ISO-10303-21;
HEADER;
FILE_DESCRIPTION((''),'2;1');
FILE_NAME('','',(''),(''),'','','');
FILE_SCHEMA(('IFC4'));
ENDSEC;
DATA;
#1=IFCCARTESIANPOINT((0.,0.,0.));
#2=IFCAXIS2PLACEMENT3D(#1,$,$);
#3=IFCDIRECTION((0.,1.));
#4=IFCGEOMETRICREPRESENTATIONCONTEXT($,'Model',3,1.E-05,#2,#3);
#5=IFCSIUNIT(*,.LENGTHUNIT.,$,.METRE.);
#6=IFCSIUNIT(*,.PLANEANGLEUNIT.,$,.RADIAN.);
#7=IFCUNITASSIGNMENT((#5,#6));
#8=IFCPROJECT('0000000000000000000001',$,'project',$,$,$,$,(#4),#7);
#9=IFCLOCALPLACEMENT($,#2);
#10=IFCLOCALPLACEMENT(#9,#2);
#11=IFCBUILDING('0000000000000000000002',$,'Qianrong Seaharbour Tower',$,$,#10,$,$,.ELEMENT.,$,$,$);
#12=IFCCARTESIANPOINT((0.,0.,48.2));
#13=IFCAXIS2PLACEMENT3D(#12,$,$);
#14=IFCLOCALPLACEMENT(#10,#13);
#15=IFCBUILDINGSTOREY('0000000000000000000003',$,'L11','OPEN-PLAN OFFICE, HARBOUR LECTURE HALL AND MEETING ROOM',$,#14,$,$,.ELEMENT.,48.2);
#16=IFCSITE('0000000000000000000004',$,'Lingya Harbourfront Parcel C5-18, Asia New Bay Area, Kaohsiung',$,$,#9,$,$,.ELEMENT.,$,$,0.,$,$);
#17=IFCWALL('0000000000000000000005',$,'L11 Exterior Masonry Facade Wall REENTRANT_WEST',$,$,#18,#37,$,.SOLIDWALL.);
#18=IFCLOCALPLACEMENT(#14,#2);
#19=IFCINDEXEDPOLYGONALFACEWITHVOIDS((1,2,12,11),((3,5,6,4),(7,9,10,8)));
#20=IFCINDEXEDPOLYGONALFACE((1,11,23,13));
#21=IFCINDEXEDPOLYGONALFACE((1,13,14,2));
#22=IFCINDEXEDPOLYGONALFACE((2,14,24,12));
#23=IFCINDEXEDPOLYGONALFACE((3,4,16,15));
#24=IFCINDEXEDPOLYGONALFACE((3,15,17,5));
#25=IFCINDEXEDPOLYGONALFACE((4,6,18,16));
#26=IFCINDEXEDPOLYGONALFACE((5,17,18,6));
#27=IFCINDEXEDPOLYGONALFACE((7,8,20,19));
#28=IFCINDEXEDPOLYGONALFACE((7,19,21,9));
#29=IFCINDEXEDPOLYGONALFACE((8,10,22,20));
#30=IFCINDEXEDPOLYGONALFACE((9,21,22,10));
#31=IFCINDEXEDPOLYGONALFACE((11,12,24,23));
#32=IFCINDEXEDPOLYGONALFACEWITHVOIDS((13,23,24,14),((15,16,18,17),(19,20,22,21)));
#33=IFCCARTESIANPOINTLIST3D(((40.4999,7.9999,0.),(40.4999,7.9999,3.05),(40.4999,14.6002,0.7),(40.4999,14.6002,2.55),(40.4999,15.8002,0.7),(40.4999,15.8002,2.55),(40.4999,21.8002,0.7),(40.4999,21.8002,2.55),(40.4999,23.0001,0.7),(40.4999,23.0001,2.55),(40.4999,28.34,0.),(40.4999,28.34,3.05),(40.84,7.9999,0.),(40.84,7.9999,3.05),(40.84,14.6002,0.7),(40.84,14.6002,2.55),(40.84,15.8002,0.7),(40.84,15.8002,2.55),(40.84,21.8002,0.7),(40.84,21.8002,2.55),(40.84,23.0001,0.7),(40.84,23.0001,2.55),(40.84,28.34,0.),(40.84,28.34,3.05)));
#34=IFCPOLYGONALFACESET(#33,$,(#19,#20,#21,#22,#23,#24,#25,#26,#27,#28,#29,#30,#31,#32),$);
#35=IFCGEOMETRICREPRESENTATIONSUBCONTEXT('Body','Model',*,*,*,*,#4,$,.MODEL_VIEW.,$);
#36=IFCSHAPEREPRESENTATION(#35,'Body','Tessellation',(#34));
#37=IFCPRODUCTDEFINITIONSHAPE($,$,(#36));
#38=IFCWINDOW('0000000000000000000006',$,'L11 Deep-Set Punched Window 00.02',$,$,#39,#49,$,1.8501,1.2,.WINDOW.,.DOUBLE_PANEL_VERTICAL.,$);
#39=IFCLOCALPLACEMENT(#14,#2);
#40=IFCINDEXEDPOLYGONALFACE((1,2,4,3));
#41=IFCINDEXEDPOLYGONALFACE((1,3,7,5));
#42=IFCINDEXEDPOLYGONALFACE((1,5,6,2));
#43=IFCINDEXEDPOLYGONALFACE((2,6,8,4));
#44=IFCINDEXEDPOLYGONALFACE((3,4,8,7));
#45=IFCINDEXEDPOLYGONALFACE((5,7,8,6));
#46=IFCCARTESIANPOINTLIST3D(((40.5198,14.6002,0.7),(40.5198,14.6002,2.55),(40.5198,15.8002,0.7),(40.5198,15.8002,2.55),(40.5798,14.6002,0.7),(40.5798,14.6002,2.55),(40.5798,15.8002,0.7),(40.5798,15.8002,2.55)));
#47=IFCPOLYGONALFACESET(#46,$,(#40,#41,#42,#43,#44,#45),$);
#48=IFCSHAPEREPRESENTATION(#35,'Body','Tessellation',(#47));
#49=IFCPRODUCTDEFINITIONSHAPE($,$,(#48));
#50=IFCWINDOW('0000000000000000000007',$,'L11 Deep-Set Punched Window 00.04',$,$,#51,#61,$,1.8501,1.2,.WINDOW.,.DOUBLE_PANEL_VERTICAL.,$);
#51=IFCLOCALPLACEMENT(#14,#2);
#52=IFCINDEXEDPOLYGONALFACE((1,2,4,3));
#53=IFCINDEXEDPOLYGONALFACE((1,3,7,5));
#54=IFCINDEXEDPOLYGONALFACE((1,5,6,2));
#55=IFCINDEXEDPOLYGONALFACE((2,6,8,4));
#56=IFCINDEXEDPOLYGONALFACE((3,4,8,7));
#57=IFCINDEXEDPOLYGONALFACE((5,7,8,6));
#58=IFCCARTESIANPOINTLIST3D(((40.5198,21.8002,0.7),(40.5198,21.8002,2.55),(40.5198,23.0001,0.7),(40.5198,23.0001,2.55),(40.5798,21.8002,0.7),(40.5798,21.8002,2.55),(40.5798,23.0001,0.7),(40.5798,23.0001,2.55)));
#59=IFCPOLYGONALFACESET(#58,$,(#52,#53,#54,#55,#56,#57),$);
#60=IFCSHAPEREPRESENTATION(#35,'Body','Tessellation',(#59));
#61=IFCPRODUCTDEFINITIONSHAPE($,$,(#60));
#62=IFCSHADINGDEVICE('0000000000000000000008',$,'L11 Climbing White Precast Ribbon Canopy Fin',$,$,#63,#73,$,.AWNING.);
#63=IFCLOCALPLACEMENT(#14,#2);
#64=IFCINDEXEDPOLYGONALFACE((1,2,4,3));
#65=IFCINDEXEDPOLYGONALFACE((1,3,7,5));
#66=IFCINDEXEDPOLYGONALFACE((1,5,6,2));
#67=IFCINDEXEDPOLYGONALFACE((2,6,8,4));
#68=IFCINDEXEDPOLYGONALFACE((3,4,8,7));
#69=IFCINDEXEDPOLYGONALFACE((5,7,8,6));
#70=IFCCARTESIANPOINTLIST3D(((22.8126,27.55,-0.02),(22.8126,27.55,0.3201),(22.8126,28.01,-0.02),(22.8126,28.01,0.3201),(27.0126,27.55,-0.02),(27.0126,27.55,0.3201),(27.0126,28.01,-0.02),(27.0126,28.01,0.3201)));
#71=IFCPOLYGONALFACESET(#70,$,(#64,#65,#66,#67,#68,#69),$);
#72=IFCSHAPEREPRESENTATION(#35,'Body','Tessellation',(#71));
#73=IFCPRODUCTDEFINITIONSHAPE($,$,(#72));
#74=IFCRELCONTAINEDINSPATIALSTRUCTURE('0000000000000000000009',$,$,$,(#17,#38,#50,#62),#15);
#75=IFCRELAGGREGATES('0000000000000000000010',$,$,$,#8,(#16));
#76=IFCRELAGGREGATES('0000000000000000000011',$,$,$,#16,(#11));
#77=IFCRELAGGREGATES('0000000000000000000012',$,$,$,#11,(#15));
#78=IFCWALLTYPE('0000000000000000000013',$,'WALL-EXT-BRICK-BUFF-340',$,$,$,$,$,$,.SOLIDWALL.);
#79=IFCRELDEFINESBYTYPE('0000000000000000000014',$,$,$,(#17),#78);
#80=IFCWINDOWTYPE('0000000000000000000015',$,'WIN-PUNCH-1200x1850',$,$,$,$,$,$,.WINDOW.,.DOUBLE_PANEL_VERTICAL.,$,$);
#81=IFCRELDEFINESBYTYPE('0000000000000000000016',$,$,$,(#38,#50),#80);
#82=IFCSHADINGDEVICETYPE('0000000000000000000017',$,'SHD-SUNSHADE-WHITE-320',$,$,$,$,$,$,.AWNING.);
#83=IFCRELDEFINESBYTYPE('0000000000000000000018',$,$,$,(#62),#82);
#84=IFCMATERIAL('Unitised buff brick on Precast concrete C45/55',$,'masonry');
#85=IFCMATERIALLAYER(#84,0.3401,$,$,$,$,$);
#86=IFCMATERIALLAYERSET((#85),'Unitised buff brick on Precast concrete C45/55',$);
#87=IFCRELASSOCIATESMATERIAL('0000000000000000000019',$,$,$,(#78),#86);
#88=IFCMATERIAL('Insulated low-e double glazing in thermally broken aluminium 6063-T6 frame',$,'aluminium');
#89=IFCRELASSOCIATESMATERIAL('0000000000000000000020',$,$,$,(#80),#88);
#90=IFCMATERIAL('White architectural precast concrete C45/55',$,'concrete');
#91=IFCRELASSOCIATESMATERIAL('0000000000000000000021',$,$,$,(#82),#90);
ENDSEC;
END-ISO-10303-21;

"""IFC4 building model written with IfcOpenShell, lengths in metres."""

from ifc_helpers import new_model, si_unit, direction, frame, frame_2d, origin, origin_2d, place, context, subcontext, project, spatial, rectangle, extrude, material, layer, layer_set, type_object, element, fill, save


model = new_model("IFC4")

# Units and contexts
model_context = context("Model", 3, precision=1e-05, world=origin(), true_north=direction((0.0, 1.0)))
body_context = subcontext(model_context, "Body", "Model", "MODEL_VIEW")
ifc_project = project(units=[si_unit("LENGTHUNIT", "METRE"), si_unit("PLANEANGLEUNIT", "RADIAN")], contexts=[model_context])

# Site, building, storey
site_placement = place(None, origin())
site = spatial("IfcSite", under=ifc_project, at=site_placement, Name="Lingya Harbourfront Parcel C5-18, Asia New Bay Area, Kaohsiung", CompositionType="ELEMENT", RefElevation=0.0)
building_placement = place(site_placement, origin())
building = spatial("IfcBuilding", under=site, at=building_placement, Name="Qianrong Seaharbour Tower", CompositionType="ELEMENT")
storey_placement = place(building_placement, frame((0.0, 0.0, 48.2)))
storey = spatial("IfcBuildingStorey", under=building, at=storey_placement, Name="L11", Description="OPEN-PLAN OFFICE, HARBOUR LECTURE HALL AND MEETING ROOM", CompositionType="ELEMENT", Elevation=48.2)

# Wall, openings, windows
ifc_material_1 = material(Name="Unitised buff brick on Precast concrete C45/55", Category="masonry")
ifc_layer = layer(ifc_material_1, 0.3401)
ifc_layer_set = layer_set([ifc_layer], Name="Unitised buff brick on Precast concrete C45/55")
wall_type = type_object("IfcWallType", Name="WALL-EXT-BRICK-BUFF-340", PredefinedType="SOLIDWALL", material=ifc_layer_set)
wall_placement = place(storey_placement, frame((40.6699, 8.0, 0.0), z_axis=(0.0, 0.0, 1.0), x_axis=(0.0, 1.0, 0.0)))
wall = element("IfcWall", 1, at=wall_placement, inside=storey, type_object=wall_type, Name="L11 Exterior Masonry Facade Wall REENTRANT_WEST", PredefinedType="SOLIDWALL", context=body_context, shape_type="SweptSolid", body=[
    extrude(rectangle(XDim=20.3401, YDim=0.3401, at=frame_2d((10.1699, 0.0))), origin(), (0.0, 0.0, 1.0), 3.05),
])
opening_1_placement = place(wall_placement, frame((6.6001, 0.0, 0.7)))
opening_1 = element("IfcOpeningElement", 2, at=opening_1_placement, cuts=wall, PredefinedType="OPENING", context=body_context, shape_type="SweptSolid", body=[
    extrude(rectangle(XDim=1.2, YDim=1.8501, at=frame_2d((0.6001, 0.925))), frame((0.0, 0.1802, 0.0), z_axis=(0.0, -1.0, 0.0), x_axis=(1.0, 0.0, 0.0)), (0.0, 0.0, 1.0), 0.3601),
])
opening_2_placement = place(wall_placement, frame((13.8, 0.0, 0.7)))
opening_2 = element("IfcOpeningElement", 3, at=opening_2_placement, cuts=wall, PredefinedType="OPENING", context=body_context, shape_type="SweptSolid", body=[
    extrude(rectangle(XDim=1.2, YDim=1.8501, at=frame_2d((0.6001, 0.925))), frame((0.0, 0.1802, 0.0), z_axis=(0.0, -1.0, 0.0), x_axis=(1.0, 0.0, 0.0)), (0.0, 0.0, 1.0), 0.3601),
])
ifc_material_2 = material(Name="Insulated low-e double glazing in thermally broken aluminium 6063-T6 frame", Category="aluminium")
window_type = type_object("IfcWindowType", Name="WIN-PUNCH-1200x1850", PartitioningType="DOUBLE_PANEL_VERTICAL", PredefinedType="WINDOW", material=ifc_material_2)
window_1_placement = place(opening_1_placement, origin())
window_1 = element("IfcWindow", 4, at=window_1_placement, inside=storey, type_object=window_type, Name="L11 Deep-Set Punched Window 00.02", OverallHeight=1.8501, OverallWidth=1.2, PartitioningType="DOUBLE_PANEL_VERTICAL", PredefinedType="WINDOW", context=body_context, shape_type="SweptSolid", body=[
    extrude(rectangle(XDim=1.2, YDim=1.8501, at=frame_2d((0.6001, 0.925))), frame((0.0, 0.1501, 0.0), z_axis=(0.0, -1.0, 0.0), x_axis=(1.0, 0.0, 0.0)), (0.0, 0.0, 1.0), 0.0601),
])
fill(opening_1, window_1)
window_2_placement = place(opening_2_placement, origin())
window_2 = element("IfcWindow", 5, at=window_2_placement, inside=storey, type_object=window_type, Name="L11 Deep-Set Punched Window 00.04", OverallHeight=1.8501, OverallWidth=1.2, PartitioningType="DOUBLE_PANEL_VERTICAL", PredefinedType="WINDOW", context=body_context, shape_type="SweptSolid", body=[
    extrude(rectangle(XDim=1.2, YDim=1.8501, at=frame_2d((0.6001, 0.925))), frame((0.0, 0.1501, 0.0), z_axis=(0.0, -1.0, 0.0), x_axis=(1.0, 0.0, 0.0)), (0.0, 0.0, 1.0), 0.0601),
])
fill(opening_2, window_2)

# Shading device
ifc_material_3 = material(Name="White architectural precast concrete C45/55", Category="concrete")
shading_device_type = type_object("IfcShadingDeviceType", Name="SHD-SUNSHADE-WHITE-320", PredefinedType="AWNING", material=ifc_material_3)
shading_device_placement = place(storey_placement, frame((24.9126, 27.78, -0.02), z_axis=(0.0, 0.0, 1.0), x_axis=(1.0, 0.0, 0.0)))
element("IfcShadingDevice", 6, at=shading_device_placement, inside=storey, type_object=shading_device_type, Name="L11 Climbing White Precast Ribbon Canopy Fin", PredefinedType="AWNING", context=body_context, shape_type="SweptSolid", body=[
    extrude(rectangle(XDim=4.2, YDim=0.46, at=origin_2d()), origin(), (0.0, 0.0, 1.0), 0.3401),
])

save(model, "model.ifc")
